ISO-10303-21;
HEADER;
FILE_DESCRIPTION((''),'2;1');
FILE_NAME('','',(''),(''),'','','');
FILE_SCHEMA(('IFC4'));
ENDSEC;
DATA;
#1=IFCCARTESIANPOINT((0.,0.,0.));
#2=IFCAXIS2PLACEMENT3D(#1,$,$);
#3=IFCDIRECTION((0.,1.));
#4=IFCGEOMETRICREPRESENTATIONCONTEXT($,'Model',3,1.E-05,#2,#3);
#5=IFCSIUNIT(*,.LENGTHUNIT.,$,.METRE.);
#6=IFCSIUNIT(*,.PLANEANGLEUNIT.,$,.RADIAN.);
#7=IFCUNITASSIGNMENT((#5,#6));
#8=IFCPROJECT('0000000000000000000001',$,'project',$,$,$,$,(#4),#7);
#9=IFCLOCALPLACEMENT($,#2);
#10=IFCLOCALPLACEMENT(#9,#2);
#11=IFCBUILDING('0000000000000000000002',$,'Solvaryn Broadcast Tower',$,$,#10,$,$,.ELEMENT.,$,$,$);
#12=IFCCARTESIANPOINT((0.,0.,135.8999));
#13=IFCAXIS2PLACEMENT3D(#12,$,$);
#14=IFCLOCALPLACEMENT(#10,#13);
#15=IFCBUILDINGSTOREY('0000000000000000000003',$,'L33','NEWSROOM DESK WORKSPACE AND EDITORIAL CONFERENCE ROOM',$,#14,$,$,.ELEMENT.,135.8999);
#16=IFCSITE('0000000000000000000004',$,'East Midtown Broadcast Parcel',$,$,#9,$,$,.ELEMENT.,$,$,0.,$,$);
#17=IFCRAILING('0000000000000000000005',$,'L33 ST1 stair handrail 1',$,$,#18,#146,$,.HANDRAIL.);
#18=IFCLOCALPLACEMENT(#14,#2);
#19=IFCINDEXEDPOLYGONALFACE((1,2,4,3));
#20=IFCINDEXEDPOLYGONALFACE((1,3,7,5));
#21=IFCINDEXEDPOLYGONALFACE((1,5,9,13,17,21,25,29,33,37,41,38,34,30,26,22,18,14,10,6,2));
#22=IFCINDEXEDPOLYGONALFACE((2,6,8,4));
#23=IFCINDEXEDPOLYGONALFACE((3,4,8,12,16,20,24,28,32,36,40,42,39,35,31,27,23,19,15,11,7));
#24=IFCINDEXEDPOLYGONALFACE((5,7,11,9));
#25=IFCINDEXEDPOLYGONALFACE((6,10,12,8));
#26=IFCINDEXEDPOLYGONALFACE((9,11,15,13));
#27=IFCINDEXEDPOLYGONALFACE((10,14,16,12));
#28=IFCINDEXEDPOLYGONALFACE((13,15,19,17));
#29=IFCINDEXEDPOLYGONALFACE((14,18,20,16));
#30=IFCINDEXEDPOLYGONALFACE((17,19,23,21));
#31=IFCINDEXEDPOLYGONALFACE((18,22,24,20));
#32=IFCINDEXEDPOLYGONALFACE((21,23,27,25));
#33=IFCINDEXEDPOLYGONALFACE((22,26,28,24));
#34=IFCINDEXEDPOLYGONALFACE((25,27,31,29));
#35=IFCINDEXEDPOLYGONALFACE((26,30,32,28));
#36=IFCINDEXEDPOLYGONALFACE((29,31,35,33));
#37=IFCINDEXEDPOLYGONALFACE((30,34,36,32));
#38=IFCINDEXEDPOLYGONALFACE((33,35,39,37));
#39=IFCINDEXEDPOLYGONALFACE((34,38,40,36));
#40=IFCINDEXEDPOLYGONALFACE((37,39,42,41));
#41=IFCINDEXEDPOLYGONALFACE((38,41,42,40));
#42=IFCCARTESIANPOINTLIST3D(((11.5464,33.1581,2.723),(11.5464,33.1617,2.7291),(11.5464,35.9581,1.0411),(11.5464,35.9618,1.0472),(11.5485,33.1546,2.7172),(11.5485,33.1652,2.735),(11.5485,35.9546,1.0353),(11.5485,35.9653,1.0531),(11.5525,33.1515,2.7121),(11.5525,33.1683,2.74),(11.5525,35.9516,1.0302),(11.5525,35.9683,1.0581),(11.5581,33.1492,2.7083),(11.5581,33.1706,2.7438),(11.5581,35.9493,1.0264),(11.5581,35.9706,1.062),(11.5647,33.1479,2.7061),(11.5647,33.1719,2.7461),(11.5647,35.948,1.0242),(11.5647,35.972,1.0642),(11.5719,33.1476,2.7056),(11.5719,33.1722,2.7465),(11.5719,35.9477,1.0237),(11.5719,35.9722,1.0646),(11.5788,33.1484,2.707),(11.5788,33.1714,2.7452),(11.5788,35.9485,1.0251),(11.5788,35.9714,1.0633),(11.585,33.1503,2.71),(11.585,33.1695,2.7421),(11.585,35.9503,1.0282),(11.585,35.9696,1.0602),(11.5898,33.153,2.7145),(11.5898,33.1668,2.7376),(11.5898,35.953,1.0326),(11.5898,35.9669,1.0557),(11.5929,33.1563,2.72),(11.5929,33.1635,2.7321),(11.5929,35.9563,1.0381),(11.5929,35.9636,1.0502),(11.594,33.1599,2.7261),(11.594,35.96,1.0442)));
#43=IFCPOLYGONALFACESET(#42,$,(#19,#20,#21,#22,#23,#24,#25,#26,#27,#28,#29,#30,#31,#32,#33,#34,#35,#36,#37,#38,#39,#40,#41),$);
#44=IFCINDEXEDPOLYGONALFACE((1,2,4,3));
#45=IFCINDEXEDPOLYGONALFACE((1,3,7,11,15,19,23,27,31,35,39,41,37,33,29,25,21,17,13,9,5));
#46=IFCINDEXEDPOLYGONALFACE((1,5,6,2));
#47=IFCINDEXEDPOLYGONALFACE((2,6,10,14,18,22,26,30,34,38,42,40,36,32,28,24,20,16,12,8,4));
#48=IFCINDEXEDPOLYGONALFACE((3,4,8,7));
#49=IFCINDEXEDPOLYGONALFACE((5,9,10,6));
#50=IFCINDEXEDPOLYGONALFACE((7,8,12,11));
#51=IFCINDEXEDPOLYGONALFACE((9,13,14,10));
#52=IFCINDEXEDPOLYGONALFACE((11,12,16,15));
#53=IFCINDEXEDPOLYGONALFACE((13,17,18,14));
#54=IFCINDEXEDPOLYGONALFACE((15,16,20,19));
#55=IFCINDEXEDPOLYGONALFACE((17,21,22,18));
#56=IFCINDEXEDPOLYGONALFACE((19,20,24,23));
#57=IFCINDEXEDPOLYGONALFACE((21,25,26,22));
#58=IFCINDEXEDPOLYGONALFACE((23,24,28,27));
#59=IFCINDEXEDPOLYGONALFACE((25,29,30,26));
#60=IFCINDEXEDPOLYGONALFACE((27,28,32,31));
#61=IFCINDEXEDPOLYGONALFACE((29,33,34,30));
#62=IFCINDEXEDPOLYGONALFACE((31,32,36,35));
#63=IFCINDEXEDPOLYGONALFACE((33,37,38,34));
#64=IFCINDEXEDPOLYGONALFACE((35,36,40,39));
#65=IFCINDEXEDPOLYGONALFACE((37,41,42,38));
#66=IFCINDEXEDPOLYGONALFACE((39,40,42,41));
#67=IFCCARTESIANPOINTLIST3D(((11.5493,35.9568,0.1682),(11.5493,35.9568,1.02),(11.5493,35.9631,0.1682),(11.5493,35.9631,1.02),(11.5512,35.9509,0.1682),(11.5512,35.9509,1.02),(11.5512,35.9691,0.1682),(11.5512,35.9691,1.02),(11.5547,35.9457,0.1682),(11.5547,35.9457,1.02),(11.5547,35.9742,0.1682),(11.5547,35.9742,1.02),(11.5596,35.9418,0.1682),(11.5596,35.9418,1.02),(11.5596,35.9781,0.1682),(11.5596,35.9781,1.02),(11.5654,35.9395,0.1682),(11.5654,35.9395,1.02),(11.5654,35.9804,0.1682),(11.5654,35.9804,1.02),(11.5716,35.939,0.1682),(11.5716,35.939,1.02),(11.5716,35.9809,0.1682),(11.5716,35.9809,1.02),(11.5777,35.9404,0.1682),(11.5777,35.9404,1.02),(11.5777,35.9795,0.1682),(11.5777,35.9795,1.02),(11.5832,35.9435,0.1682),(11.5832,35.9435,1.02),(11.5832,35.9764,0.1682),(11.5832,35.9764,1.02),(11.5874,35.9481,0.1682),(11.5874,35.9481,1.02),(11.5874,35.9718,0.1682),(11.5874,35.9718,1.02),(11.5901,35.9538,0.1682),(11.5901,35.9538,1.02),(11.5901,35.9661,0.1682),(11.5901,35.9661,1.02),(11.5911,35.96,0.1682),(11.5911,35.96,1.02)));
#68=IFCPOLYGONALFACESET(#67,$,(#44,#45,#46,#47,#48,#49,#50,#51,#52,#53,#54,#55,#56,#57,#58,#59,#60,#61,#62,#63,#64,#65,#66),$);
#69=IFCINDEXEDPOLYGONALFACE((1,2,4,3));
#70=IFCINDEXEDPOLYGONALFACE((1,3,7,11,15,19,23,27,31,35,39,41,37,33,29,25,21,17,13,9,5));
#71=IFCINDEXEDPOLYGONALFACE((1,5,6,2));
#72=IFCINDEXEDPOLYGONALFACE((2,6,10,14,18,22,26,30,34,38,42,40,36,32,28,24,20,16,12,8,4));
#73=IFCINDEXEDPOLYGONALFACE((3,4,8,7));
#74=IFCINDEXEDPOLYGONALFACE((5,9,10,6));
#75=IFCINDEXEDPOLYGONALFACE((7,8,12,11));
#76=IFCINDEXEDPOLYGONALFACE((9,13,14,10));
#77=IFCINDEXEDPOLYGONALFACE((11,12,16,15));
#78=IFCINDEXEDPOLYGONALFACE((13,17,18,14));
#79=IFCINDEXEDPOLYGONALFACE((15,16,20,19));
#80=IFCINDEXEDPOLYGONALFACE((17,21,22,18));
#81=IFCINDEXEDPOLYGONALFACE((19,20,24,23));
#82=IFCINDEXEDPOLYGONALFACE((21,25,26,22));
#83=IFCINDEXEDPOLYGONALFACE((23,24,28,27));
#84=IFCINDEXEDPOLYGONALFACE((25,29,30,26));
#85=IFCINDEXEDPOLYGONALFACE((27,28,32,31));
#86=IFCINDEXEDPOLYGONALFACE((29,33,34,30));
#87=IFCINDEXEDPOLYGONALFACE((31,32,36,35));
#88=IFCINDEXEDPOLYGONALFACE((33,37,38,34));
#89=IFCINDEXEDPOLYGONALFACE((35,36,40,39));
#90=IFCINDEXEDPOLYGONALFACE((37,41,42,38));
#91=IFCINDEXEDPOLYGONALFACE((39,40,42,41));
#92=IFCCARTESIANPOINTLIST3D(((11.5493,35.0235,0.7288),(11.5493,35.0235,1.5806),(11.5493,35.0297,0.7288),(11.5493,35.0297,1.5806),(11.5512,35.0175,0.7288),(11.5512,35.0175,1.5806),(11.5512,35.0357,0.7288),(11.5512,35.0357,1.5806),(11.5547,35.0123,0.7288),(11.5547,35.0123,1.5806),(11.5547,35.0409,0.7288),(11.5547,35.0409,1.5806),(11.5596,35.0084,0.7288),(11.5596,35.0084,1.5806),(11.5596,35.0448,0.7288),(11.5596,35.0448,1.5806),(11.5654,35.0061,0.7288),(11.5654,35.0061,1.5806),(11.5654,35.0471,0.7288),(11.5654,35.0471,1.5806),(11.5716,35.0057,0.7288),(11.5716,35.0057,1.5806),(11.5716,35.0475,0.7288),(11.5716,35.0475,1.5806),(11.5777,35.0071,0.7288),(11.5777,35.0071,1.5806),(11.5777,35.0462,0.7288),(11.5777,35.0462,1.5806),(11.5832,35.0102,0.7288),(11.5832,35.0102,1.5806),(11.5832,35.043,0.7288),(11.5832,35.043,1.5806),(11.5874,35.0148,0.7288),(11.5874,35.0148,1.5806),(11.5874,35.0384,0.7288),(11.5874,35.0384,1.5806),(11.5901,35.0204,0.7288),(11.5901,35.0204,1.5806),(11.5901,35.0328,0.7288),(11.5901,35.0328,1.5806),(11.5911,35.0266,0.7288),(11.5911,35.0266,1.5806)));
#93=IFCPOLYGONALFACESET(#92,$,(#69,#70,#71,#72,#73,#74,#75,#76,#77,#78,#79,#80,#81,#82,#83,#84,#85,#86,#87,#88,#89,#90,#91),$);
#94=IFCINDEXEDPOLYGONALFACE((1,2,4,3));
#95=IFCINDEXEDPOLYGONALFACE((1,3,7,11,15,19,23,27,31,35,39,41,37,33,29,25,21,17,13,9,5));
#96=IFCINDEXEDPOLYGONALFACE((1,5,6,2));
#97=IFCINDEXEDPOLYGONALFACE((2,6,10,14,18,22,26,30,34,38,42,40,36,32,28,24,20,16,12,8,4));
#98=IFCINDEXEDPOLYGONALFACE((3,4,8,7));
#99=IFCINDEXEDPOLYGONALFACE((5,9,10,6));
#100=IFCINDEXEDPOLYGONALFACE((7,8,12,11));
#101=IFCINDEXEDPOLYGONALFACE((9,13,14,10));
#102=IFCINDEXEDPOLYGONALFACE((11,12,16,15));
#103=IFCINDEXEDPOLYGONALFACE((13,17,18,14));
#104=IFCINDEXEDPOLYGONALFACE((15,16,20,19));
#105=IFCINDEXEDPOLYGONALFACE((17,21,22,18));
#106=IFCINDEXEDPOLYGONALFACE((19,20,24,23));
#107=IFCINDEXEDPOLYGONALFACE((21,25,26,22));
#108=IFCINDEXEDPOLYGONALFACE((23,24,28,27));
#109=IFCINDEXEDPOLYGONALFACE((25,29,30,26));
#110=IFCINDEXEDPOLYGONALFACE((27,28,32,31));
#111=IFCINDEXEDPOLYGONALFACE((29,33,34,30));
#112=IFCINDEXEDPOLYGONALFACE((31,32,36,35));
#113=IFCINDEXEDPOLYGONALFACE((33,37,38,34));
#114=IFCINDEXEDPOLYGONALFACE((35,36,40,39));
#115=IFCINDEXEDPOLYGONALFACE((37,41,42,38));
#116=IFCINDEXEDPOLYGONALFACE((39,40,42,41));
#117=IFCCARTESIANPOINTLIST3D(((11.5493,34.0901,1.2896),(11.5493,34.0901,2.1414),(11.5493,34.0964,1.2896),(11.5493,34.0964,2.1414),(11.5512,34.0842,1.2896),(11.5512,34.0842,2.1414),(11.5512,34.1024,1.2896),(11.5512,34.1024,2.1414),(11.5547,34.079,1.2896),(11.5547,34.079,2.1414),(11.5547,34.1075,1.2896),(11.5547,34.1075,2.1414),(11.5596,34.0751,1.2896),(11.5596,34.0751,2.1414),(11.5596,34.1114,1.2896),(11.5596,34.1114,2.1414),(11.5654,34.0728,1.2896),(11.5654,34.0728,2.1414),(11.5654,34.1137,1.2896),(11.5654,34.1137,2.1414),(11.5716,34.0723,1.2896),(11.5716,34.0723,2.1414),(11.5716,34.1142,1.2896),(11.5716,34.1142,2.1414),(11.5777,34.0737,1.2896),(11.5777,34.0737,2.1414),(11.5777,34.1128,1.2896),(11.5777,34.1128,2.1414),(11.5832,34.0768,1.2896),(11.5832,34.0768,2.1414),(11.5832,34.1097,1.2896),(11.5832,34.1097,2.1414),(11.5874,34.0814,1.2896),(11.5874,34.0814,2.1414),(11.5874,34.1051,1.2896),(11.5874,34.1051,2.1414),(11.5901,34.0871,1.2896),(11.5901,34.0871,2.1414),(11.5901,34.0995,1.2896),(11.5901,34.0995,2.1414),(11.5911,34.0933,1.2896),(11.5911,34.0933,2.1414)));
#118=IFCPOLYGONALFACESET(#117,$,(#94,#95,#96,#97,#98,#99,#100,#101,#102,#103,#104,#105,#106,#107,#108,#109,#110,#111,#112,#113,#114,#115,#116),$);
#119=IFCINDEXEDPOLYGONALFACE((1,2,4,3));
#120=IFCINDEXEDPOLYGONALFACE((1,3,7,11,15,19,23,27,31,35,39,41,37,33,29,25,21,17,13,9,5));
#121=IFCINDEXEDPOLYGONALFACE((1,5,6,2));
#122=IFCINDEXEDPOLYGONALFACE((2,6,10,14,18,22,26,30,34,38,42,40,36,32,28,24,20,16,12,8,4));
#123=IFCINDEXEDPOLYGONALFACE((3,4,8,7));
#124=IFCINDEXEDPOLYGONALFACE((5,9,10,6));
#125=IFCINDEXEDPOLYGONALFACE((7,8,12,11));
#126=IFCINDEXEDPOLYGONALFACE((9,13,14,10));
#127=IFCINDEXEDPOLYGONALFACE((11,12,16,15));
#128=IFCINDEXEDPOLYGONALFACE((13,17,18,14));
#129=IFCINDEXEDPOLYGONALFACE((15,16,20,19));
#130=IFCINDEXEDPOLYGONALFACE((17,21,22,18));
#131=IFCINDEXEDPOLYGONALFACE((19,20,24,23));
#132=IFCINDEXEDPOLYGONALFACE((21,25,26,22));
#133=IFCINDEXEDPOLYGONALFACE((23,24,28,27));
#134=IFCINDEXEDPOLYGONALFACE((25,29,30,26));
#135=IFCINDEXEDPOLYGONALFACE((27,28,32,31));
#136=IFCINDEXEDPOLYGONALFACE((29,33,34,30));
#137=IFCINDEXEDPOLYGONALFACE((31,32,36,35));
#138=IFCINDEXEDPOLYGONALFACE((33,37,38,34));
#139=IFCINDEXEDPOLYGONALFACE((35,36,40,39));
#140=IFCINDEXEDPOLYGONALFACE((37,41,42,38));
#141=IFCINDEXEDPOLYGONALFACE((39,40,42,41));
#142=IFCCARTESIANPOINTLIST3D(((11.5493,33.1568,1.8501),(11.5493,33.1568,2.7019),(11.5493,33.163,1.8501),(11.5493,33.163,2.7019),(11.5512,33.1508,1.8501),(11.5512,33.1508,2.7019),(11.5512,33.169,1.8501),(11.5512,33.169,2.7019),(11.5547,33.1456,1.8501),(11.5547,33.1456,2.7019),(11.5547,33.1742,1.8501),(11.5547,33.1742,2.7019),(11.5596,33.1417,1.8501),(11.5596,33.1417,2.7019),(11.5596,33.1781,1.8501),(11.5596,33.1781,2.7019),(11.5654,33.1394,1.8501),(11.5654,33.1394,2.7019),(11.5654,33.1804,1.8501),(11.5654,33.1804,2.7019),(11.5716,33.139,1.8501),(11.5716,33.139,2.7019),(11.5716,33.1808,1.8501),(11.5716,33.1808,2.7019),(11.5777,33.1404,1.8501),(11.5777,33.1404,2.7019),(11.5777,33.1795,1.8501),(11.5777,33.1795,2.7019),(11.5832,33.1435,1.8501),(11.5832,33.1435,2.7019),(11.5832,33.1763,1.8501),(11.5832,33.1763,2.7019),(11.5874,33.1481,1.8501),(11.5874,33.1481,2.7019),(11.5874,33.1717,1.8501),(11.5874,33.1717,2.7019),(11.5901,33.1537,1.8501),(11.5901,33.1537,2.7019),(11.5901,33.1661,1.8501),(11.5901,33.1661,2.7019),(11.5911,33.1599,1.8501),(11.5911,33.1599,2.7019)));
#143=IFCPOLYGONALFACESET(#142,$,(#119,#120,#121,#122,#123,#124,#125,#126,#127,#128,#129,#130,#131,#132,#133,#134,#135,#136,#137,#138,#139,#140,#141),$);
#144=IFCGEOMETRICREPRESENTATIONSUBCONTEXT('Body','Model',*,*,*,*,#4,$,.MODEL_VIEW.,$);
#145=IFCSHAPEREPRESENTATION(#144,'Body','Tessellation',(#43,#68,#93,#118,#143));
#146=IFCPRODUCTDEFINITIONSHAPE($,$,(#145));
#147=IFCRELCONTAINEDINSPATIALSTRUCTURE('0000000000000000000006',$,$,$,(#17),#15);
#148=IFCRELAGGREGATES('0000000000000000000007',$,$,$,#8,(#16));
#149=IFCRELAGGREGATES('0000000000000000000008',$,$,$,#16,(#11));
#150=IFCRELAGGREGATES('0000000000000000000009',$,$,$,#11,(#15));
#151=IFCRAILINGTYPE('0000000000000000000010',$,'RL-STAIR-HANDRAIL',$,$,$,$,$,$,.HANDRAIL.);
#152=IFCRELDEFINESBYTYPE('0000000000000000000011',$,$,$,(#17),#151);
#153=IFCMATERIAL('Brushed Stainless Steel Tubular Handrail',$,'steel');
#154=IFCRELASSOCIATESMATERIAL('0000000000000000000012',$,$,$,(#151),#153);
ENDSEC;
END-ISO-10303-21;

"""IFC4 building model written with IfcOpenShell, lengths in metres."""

from ifc_helpers import new_model, si_unit, direction, frame, origin, origin_2d, place, context, subcontext, project, spatial, circle, extrude, material, type_object, element, save


model = new_model("IFC4")

# Units and contexts
model_context = context("Model", 3, precision=1e-05, world=origin(), true_north=direction((0.0, 1.0)))
body_context = subcontext(model_context, "Body", "Model", "MODEL_VIEW")
ifc_project = project(units=[si_unit("LENGTHUNIT", "METRE"), si_unit("PLANEANGLEUNIT", "RADIAN")], contexts=[model_context])

# Site, building, storey
site_placement = place(None, origin())
site = spatial("IfcSite", under=ifc_project, at=site_placement, Name="East Midtown Broadcast Parcel", CompositionType="ELEMENT", RefElevation=0.0)
building_placement = place(site_placement, origin())
building = spatial("IfcBuilding", under=site, at=building_placement, Name="Solvaryn Broadcast Tower", CompositionType="ELEMENT")
storey_placement = place(building_placement, frame((0.0, 0.0, 135.8999)))
storey = spatial("IfcBuildingStorey", under=building, at=storey_placement, Name="L33", Description="NEWSROOM DESK WORKSPACE AND EDITORIAL CONFERENCE ROOM", CompositionType="ELEMENT", Elevation=135.8999)

# Railing
ifc_material_1 = material(Name="Brushed Stainless Steel Tubular Handrail", Category="steel")
railing_type_1 = type_object("IfcRailingType", Name="RL-STAIR-HANDRAIL", PredefinedType="HANDRAIL", material=ifc_material_1)
railing_1_placement = place(storey_placement, frame((11.5701, 35.96, 0.1682)))
element("IfcRailing", 1, at=railing_1_placement, inside=storey, type_object=railing_type_1, Name="L33 ST1 stair handrail 1", PredefinedType="HANDRAIL", context=body_context, shape_type="SweptSolid", body=[
    extrude(circle(Radius=0.0239, at=origin_2d()), frame((0.0, 0.0, 0.876), z_axis=(0.0, -0.857242, 0.514913), x_axis=(1.0, 0.0, 0.0)), (0.0, 0.0, 1.0), 3.2664),
    extrude(circle(Radius=0.021, at=origin_2d()), origin(), (0.0, 0.0, 1.0), 0.8518),
    extrude(circle(Radius=0.021, at=origin_2d()), frame((0.0, -0.9333, 0.5605)), (0.0, 0.0, 1.0), 0.8518),
    extrude(circle(Radius=0.021, at=origin_2d()), frame((0.0, -1.8667, 1.1213)), (0.0, 0.0, 1.0), 0.8518),
    extrude(circle(Radius=0.021, at=origin_2d()), frame((0.0, -2.8, 1.6819)), (0.0, 0.0, 1.0), 0.8518),
])

save(model, "model.ifc")
